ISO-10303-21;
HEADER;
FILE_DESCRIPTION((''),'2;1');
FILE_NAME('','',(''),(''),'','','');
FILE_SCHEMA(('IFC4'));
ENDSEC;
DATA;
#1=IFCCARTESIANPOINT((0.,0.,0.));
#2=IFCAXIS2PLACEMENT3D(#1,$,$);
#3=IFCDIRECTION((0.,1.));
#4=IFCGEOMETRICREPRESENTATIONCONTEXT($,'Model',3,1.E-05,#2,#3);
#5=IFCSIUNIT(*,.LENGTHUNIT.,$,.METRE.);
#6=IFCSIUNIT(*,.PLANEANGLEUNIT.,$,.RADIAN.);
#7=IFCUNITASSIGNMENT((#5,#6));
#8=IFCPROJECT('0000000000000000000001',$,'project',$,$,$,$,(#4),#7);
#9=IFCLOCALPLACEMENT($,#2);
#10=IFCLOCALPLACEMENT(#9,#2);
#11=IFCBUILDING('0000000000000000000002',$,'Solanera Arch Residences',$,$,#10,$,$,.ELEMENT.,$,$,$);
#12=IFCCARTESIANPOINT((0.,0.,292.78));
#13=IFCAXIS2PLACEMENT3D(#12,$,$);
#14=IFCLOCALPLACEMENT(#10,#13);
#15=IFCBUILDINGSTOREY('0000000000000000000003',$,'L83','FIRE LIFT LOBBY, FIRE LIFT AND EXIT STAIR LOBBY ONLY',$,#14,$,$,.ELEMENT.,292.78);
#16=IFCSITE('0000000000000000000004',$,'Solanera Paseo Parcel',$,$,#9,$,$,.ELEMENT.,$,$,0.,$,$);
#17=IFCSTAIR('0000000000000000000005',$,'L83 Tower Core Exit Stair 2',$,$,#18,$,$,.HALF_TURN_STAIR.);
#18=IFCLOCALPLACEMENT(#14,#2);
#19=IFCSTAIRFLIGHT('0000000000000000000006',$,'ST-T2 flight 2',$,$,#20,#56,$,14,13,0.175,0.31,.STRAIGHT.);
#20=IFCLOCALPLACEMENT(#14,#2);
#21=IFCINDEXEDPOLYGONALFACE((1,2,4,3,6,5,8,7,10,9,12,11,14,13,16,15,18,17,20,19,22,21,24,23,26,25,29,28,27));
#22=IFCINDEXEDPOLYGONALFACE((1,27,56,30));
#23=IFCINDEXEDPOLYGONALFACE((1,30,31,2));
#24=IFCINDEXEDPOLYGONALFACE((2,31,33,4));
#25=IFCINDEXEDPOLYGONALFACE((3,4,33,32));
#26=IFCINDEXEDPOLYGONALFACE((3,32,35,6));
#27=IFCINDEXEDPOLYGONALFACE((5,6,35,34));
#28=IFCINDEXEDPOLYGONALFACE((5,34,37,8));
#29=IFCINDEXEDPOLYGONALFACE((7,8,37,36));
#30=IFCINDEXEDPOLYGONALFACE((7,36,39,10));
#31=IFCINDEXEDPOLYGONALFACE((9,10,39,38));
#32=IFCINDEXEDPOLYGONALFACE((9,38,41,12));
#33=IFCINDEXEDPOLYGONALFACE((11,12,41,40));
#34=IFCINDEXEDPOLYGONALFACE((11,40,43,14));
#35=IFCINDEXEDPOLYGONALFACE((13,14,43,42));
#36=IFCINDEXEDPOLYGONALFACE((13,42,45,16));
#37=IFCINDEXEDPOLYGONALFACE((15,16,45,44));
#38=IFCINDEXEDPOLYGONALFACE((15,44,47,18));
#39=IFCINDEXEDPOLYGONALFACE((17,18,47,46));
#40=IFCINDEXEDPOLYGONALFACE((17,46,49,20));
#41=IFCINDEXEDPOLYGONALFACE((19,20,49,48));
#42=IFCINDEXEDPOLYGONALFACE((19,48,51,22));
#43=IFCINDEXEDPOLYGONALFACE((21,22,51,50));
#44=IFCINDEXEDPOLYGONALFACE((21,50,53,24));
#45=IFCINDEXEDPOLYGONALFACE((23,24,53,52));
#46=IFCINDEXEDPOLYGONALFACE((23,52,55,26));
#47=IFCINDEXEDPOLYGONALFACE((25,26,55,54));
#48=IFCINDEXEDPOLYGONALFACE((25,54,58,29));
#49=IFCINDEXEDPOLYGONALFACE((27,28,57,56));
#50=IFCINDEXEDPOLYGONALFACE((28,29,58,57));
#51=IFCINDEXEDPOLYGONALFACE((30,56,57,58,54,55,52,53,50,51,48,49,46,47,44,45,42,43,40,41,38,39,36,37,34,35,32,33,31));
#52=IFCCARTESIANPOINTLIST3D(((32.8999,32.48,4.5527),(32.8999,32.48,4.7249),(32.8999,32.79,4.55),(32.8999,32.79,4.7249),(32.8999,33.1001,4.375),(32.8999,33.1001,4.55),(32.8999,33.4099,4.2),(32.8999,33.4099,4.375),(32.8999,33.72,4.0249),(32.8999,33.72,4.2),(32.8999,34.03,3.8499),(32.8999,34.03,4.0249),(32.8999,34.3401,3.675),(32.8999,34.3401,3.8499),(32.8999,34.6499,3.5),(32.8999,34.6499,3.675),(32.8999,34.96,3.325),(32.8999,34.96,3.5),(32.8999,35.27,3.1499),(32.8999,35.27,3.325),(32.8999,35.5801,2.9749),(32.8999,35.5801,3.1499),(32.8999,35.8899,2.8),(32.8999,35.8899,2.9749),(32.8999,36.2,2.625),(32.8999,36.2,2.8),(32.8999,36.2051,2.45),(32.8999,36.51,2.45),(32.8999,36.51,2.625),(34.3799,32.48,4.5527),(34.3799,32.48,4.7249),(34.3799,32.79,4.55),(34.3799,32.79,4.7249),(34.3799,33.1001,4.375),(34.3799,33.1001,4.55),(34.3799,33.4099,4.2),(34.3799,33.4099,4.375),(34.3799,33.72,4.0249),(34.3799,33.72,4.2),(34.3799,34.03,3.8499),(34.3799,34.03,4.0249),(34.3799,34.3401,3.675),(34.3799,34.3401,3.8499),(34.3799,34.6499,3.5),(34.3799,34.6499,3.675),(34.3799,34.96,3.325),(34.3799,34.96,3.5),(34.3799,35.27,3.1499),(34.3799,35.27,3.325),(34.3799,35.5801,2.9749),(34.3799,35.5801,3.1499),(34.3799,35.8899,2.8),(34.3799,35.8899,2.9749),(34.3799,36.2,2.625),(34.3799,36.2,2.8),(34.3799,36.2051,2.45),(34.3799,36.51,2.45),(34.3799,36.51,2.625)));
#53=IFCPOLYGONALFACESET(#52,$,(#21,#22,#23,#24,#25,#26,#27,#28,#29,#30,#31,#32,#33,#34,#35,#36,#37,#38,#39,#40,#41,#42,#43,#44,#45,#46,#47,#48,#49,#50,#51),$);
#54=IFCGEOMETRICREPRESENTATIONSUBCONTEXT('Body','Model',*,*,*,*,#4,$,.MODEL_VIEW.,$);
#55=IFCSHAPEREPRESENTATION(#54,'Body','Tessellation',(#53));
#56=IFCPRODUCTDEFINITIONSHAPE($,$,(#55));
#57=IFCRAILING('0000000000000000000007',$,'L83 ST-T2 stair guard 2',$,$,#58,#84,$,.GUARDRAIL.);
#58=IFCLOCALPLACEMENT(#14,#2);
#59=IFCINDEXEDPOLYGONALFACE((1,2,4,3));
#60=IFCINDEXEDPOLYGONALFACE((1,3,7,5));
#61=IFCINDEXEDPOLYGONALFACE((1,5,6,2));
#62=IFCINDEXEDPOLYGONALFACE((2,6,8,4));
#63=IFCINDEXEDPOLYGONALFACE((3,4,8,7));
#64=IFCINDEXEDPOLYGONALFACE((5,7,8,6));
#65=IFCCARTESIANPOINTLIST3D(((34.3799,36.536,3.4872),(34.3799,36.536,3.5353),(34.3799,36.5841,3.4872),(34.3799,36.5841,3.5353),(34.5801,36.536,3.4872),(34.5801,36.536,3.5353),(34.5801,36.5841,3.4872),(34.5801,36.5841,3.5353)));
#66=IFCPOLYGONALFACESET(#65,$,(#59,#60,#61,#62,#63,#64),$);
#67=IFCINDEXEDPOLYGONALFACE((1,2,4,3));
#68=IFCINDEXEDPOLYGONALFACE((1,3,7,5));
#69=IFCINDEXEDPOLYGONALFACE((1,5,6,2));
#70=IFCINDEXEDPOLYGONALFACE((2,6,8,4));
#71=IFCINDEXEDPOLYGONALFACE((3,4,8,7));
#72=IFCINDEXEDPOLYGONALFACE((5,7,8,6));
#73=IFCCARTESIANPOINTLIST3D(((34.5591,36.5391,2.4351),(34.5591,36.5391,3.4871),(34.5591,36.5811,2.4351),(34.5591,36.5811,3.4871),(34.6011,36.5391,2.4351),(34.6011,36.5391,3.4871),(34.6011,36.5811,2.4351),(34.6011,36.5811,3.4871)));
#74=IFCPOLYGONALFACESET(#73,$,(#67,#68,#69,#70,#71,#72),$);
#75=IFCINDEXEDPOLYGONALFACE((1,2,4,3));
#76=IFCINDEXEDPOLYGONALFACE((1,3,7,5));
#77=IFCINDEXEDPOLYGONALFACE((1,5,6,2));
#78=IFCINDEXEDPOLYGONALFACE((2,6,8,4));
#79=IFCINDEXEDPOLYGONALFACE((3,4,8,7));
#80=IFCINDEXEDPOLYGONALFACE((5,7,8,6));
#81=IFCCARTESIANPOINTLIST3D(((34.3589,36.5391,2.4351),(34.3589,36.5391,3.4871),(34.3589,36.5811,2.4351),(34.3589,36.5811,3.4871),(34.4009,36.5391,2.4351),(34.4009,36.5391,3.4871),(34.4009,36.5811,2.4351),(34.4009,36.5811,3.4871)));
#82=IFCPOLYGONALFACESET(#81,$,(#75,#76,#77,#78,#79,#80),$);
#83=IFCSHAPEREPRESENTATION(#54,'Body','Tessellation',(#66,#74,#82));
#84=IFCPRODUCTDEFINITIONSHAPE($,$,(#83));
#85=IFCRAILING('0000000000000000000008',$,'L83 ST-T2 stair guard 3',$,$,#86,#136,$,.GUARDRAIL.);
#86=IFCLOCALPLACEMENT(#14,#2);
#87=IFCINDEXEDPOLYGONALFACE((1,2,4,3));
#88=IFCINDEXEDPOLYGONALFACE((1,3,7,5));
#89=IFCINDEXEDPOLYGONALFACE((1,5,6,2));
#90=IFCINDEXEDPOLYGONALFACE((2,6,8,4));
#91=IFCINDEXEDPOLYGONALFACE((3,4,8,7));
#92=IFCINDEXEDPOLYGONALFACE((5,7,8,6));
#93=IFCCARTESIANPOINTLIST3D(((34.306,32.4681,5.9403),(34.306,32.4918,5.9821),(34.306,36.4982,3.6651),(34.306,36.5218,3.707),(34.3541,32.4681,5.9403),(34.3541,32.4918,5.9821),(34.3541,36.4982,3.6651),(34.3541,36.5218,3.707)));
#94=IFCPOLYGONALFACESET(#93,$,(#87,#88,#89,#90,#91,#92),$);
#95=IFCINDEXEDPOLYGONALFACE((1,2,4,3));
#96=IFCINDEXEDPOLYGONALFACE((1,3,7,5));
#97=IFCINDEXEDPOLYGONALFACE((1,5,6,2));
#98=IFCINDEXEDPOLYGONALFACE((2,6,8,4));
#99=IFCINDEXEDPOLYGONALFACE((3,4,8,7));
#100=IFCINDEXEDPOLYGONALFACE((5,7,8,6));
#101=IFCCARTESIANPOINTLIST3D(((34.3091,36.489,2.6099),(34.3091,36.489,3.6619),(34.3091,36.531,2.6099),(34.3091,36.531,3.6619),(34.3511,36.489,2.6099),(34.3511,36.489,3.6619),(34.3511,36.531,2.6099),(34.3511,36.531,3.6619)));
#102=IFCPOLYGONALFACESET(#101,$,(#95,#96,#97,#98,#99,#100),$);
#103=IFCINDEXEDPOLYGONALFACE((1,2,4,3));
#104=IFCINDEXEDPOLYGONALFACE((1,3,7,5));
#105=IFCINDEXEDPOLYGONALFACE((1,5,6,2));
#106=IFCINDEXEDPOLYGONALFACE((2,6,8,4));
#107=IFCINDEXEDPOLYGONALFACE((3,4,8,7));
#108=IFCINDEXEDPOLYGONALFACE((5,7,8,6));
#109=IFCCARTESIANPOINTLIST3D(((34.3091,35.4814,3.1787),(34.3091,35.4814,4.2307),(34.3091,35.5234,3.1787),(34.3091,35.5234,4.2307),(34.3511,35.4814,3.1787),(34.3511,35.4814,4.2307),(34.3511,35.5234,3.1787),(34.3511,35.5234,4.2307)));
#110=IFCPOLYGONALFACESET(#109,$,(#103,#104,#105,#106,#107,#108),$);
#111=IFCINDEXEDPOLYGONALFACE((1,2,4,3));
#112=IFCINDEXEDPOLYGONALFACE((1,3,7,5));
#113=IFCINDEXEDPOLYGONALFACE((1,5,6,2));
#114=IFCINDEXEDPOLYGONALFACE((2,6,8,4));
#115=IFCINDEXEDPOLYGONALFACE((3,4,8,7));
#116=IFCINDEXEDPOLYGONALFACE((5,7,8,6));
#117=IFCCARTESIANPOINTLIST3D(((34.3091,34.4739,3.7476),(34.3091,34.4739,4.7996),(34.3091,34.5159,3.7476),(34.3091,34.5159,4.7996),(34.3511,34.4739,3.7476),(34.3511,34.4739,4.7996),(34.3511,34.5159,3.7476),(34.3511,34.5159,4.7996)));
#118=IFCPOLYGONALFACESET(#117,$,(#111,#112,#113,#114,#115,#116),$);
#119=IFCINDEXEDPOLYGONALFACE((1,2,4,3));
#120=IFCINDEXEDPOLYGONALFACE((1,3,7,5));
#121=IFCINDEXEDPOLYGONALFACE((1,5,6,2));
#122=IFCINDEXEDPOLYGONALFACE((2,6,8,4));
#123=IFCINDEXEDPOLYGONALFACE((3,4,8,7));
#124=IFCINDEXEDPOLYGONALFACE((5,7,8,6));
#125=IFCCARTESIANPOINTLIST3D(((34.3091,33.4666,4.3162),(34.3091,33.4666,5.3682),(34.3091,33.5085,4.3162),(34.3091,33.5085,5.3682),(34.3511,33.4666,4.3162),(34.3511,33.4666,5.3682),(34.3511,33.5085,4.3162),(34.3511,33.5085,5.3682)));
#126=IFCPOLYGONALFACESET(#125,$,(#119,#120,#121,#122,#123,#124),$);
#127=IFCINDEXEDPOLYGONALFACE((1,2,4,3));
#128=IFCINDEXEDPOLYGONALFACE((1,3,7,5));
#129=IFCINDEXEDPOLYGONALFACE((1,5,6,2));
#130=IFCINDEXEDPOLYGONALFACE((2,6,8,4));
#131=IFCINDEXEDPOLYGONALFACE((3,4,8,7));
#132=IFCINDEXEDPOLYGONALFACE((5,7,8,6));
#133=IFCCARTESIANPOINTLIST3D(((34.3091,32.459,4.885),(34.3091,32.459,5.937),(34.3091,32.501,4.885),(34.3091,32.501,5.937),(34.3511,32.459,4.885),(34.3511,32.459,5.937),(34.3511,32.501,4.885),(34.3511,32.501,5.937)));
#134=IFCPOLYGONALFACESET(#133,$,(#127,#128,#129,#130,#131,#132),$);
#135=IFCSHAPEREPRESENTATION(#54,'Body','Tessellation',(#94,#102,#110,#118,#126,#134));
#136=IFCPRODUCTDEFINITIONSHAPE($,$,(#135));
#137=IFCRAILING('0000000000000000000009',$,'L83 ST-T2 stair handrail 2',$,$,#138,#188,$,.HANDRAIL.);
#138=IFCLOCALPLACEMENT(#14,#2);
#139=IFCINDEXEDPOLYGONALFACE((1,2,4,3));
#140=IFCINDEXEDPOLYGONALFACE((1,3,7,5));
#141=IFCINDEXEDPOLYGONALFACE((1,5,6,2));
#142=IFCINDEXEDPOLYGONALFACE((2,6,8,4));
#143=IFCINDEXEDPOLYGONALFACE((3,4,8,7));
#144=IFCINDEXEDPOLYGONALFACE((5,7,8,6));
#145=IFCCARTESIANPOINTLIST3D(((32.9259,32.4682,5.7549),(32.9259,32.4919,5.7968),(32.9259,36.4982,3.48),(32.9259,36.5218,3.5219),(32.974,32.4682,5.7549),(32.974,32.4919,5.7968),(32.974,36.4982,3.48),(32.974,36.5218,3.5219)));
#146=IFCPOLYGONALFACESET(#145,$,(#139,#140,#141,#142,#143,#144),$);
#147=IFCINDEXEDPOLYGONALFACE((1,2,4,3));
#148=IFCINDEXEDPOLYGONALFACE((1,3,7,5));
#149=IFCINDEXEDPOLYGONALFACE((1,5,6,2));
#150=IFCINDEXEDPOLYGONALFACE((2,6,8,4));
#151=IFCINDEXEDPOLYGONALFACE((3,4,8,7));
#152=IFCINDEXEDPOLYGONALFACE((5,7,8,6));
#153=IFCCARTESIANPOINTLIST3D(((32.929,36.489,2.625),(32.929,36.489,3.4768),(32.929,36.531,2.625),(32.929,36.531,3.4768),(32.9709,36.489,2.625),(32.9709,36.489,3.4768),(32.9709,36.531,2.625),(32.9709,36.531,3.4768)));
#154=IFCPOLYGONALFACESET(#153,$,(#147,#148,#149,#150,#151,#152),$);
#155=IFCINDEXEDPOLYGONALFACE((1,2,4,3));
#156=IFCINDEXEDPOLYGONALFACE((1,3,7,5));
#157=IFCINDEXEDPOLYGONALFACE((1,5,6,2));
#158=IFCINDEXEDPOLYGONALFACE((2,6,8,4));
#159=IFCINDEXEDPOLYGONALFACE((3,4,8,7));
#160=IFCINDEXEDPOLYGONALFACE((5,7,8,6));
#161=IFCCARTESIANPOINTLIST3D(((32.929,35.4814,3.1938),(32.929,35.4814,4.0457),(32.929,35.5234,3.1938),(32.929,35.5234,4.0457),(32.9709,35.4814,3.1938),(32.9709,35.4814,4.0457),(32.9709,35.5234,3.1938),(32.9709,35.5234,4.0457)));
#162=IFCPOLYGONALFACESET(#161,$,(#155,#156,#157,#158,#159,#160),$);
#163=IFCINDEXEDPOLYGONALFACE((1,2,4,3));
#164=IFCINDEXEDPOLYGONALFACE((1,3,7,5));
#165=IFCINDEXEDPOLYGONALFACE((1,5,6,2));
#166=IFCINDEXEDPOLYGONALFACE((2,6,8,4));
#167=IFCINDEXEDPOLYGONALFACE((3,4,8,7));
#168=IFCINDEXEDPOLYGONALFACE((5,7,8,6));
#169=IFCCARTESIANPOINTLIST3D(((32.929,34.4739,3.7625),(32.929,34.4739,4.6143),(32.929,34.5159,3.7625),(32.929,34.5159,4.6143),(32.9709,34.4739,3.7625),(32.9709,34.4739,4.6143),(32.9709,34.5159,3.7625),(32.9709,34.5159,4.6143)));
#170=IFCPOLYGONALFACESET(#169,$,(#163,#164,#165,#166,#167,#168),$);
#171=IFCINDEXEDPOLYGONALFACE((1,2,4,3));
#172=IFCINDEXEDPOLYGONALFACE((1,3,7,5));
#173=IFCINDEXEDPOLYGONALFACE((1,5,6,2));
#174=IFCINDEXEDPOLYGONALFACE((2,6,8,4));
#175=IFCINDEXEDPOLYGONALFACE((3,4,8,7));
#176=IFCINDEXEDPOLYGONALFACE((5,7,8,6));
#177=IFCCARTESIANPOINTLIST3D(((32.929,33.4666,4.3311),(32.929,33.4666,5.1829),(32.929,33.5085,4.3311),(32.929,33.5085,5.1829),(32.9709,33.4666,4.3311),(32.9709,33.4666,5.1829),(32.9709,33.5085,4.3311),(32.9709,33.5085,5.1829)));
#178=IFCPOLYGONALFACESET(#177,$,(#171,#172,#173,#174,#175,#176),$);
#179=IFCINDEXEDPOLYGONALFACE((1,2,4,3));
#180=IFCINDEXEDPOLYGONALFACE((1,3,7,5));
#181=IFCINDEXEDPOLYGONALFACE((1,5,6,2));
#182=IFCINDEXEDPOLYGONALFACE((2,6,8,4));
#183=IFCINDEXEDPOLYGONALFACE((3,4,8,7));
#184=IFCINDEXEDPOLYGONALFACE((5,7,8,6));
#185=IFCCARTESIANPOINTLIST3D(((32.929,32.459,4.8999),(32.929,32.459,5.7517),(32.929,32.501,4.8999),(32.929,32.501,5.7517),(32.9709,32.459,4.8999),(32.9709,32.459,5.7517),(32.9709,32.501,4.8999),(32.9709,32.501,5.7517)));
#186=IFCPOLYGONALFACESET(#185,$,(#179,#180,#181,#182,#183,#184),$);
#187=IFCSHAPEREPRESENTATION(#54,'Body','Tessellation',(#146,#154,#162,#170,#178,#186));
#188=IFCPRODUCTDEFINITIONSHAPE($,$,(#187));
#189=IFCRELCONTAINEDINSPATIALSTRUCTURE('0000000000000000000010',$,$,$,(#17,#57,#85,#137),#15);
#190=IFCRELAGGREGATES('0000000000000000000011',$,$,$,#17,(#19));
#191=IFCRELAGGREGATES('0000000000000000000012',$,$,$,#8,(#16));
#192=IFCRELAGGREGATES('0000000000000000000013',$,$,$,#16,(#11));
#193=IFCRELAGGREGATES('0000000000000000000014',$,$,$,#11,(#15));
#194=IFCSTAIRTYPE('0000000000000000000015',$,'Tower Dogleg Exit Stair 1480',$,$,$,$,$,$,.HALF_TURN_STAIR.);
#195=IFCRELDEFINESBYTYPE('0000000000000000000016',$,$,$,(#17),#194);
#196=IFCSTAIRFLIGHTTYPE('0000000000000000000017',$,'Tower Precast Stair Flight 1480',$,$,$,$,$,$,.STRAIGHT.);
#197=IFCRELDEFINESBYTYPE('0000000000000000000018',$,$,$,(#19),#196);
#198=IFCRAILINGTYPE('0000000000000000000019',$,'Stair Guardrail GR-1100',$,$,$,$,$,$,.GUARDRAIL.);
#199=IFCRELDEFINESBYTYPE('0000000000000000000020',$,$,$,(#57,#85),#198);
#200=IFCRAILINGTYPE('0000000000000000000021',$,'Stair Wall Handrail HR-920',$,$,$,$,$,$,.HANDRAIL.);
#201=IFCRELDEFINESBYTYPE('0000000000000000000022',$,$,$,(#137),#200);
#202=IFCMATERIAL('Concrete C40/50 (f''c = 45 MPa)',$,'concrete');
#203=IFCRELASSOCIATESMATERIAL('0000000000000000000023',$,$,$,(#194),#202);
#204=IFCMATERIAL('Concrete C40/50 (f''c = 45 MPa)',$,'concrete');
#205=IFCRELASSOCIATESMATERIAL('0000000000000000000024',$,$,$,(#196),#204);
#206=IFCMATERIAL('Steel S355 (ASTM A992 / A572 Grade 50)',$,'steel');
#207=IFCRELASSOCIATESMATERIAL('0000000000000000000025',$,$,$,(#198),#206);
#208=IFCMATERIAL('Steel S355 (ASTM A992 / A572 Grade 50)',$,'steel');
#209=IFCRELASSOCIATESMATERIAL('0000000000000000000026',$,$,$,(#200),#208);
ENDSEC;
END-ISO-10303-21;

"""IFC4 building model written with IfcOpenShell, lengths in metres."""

from ifc_helpers import new_model, si_unit, direction, frame, origin, origin_2d, place, context, subcontext, project, spatial, polyline, rectangle, outline, extrude, material, type_object, element, aggregate, save


model = new_model("IFC4")

# Units and contexts
model_context = context("Model", 3, precision=1e-05, world=origin(), true_north=direction((0.0, 1.0)))
body_context = subcontext(model_context, "Body", "Model", "MODEL_VIEW")
ifc_project = project(units=[si_unit("LENGTHUNIT", "METRE"), si_unit("PLANEANGLEUNIT", "RADIAN")], contexts=[model_context])

# Site, building, storey
site_placement = place(None, origin())
site = spatial("IfcSite", under=ifc_project, at=site_placement, Name="Solanera Paseo Parcel", CompositionType="ELEMENT", RefElevation=0.0)
building_placement = place(site_placement, origin())
building = spatial("IfcBuilding", under=site, at=building_placement, Name="Solanera Arch Residences", CompositionType="ELEMENT")
storey_placement = place(building_placement, frame((0.0, 0.0, 292.78)))
storey = spatial("IfcBuildingStorey", under=building, at=storey_placement, Name="L83", Description="FIRE LIFT LOBBY, FIRE LIFT AND EXIT STAIR LOBBY ONLY", CompositionType="ELEMENT", Elevation=292.78)

# Stair, stair flight
ifc_material_1 = material(Name="Concrete C40/50 (f'c = 45 MPa)", Category="concrete")
stair_type = type_object("IfcStairType", Name="Tower Dogleg Exit Stair 1480", PredefinedType="HALF_TURN_STAIR", material=ifc_material_1)
stair_placement = place(storey_placement, origin())
stair = element("IfcStair", 1, at=stair_placement, inside=storey, type_object=stair_type, Name="L83 Tower Core Exit Stair 2", PredefinedType="HALF_TURN_STAIR")
ifc_material_2 = material(Name="Concrete C40/50 (f'c = 45 MPa)", Category="concrete")
stair_flight_type = type_object("IfcStairFlightType", Name="Tower Precast Stair Flight 1480", PredefinedType="STRAIGHT", material=ifc_material_2)
stair_flight_placement = place(storey_placement, frame((33.6399, 36.51, 2.45), z_axis=(0.0, 0.0, 1.0), x_axis=(0.0, -1.0, 0.0)))
stair_flight = element("IfcStairFlight", 2, at=stair_flight_placement, type_object=stair_flight_type, Name="ST-T2 flight 2", NumberOfRisers=14, NumberOfTreads=13, PredefinedType="STRAIGHT", RiserHeight=0.175, TreadLength=0.31, context=body_context, shape_type="SweptSolid", body=[
    extrude(outline(polyline([(0.0, 0.0), (0.0, 0.175), (0.3101, 0.175), (0.3101, 0.3501), (0.6201, 0.3501), (0.6201, 0.5249), (0.9299, 0.5249), (0.9299, 0.7), (1.24, 0.7), (1.24, 0.875), (1.55, 0.875), (1.55, 1.05), (1.8601, 1.05), (1.8601, 1.2251), (2.1699, 1.2251), (2.1699, 1.3999), (2.48, 1.3999), (2.48, 1.575), (2.79, 1.575), (2.79, 1.75), (3.1001, 1.75), (3.1001, 1.925), (3.4099, 1.925), (3.4099, 2.1001), (3.72, 2.1001), (3.72, 2.2749), (4.03, 2.2749), (4.03, 2.45), (4.03, 2.1028), (0.3049, 0.0), (0.0, 0.0)])), frame((0.0, 0.74, 0.0), z_axis=(0.0, -1.0, 0.0), x_axis=(1.0, 0.0, 0.0)), (0.0, 0.0, 1.0), 1.48),
])
aggregate(stair, [stair_flight])

# Railings
ifc_material_3 = material(Name="Steel S355 (ASTM A992 / A572 Grade 50)", Category="steel")
railing_type_1 = type_object("IfcRailingType", Name="Stair Guardrail GR-1100", PredefinedType="GUARDRAIL", material=ifc_material_3)
railing_1_placement = place(storey_placement, frame((34.5801, 36.5601, 2.4351)))
element("IfcRailing", 3, at=railing_1_placement, inside=storey, type_object=railing_type_1, Name="L83 ST-T2 stair guard 2", PredefinedType="GUARDRAIL", context=body_context, shape_type="SweptSolid", body=[
    extrude(rectangle(XDim=0.0481, YDim=0.0481, at=origin_2d()), frame((0.0, 0.0, 1.0762), z_axis=(-1.0, 0.0, 0.0), x_axis=(0.0, -1.0, 0.0)), (0.0, 0.0, 1.0), 0.2002),
    extrude(rectangle(XDim=0.042, YDim=0.042, at=origin_2d()), origin(), (0.0, 0.0, 1.0), 1.052),
    extrude(rectangle(XDim=0.042, YDim=0.042, at=origin_2d()), frame((-0.2002, 0.0, 0.0)), (0.0, 0.0, 1.0), 1.052),
])
railing_2_placement = place(storey_placement, frame((34.3301, 36.51, 2.6099)))
element("IfcRailing", 4, at=railing_2_placement, inside=storey, type_object=railing_type_1, Name="L83 ST-T2 stair guard 3", PredefinedType="GUARDRAIL", context=body_context, shape_type="SweptSolid", body=[
    extrude(rectangle(XDim=0.0481, YDim=0.0481, at=origin_2d()), frame((0.0, 0.0, 1.0762), z_axis=(0.0, -0.870812, 0.491616), x_axis=(1.0, 0.0, 0.0)), (0.0, 0.0, 1.0), 4.6279),
    extrude(rectangle(XDim=0.042, YDim=0.042, at=origin_2d()), origin(), (0.0, 0.0, 1.0), 1.052),
    extrude(rectangle(XDim=0.042, YDim=0.042, at=origin_2d()), frame((0.0, -1.0076, 0.5688)), (0.0, 0.0, 1.0), 1.052),
    extrude(rectangle(XDim=0.042, YDim=0.042, at=origin_2d()), frame((0.0, -2.0151, 1.1377)), (0.0, 0.0, 1.0), 1.052),
    extrude(rectangle(XDim=0.042, YDim=0.042, at=origin_2d()), frame((0.0, -3.0225, 1.7063)), (0.0, 0.0, 1.0), 1.052),
    extrude(rectangle(XDim=0.042, YDim=0.042, at=origin_2d()), frame((0.0, -4.03, 2.2751)), (0.0, 0.0, 1.0), 1.052),
])
ifc_material_4 = material(Name="Steel S355 (ASTM A992 / A572 Grade 50)", Category="steel")
railing_type_2 = type_object("IfcRailingType", Name="Stair Wall Handrail HR-920", PredefinedType="HANDRAIL", material=ifc_material_4)
railing_3_placement = place(storey_placement, frame((32.95, 36.51, 2.625)))
element("IfcRailing", 5, at=railing_3_placement, inside=storey, type_object=railing_type_2, Name="L83 ST-T2 stair handrail 2", PredefinedType="HANDRAIL", context=body_context, shape_type="SweptSolid", body=[
    extrude(rectangle(XDim=0.0481, YDim=0.0481, at=origin_2d()), frame((0.0, 0.0, 0.876), z_axis=(0.0, -0.870835, 0.491576), x_axis=(1.0, 0.0, 0.0)), (0.0, 0.0, 1.0), 4.6277),
    extrude(rectangle(XDim=0.042, YDim=0.042, at=origin_2d()), origin(), (0.0, 0.0, 1.0), 0.8518),
    extrude(rectangle(XDim=0.042, YDim=0.042, at=origin_2d()), frame((0.0, -1.0076, 0.5688)), (0.0, 0.0, 1.0), 0.8518),
    extrude(rectangle(XDim=0.042, YDim=0.042, at=origin_2d()), frame((0.0, -2.0151, 1.1375)), (0.0, 0.0, 1.0), 0.8518),
    extrude(rectangle(XDim=0.042, YDim=0.042, at=origin_2d()), frame((0.0, -3.0225, 1.7061)), (0.0, 0.0, 1.0), 0.8518),
    extrude(rectangle(XDim=0.042, YDim=0.042, at=origin_2d()), frame((0.0, -4.03, 2.2749)), (0.0, 0.0, 1.0), 0.8518),
])

save(model, "model.ifc")
